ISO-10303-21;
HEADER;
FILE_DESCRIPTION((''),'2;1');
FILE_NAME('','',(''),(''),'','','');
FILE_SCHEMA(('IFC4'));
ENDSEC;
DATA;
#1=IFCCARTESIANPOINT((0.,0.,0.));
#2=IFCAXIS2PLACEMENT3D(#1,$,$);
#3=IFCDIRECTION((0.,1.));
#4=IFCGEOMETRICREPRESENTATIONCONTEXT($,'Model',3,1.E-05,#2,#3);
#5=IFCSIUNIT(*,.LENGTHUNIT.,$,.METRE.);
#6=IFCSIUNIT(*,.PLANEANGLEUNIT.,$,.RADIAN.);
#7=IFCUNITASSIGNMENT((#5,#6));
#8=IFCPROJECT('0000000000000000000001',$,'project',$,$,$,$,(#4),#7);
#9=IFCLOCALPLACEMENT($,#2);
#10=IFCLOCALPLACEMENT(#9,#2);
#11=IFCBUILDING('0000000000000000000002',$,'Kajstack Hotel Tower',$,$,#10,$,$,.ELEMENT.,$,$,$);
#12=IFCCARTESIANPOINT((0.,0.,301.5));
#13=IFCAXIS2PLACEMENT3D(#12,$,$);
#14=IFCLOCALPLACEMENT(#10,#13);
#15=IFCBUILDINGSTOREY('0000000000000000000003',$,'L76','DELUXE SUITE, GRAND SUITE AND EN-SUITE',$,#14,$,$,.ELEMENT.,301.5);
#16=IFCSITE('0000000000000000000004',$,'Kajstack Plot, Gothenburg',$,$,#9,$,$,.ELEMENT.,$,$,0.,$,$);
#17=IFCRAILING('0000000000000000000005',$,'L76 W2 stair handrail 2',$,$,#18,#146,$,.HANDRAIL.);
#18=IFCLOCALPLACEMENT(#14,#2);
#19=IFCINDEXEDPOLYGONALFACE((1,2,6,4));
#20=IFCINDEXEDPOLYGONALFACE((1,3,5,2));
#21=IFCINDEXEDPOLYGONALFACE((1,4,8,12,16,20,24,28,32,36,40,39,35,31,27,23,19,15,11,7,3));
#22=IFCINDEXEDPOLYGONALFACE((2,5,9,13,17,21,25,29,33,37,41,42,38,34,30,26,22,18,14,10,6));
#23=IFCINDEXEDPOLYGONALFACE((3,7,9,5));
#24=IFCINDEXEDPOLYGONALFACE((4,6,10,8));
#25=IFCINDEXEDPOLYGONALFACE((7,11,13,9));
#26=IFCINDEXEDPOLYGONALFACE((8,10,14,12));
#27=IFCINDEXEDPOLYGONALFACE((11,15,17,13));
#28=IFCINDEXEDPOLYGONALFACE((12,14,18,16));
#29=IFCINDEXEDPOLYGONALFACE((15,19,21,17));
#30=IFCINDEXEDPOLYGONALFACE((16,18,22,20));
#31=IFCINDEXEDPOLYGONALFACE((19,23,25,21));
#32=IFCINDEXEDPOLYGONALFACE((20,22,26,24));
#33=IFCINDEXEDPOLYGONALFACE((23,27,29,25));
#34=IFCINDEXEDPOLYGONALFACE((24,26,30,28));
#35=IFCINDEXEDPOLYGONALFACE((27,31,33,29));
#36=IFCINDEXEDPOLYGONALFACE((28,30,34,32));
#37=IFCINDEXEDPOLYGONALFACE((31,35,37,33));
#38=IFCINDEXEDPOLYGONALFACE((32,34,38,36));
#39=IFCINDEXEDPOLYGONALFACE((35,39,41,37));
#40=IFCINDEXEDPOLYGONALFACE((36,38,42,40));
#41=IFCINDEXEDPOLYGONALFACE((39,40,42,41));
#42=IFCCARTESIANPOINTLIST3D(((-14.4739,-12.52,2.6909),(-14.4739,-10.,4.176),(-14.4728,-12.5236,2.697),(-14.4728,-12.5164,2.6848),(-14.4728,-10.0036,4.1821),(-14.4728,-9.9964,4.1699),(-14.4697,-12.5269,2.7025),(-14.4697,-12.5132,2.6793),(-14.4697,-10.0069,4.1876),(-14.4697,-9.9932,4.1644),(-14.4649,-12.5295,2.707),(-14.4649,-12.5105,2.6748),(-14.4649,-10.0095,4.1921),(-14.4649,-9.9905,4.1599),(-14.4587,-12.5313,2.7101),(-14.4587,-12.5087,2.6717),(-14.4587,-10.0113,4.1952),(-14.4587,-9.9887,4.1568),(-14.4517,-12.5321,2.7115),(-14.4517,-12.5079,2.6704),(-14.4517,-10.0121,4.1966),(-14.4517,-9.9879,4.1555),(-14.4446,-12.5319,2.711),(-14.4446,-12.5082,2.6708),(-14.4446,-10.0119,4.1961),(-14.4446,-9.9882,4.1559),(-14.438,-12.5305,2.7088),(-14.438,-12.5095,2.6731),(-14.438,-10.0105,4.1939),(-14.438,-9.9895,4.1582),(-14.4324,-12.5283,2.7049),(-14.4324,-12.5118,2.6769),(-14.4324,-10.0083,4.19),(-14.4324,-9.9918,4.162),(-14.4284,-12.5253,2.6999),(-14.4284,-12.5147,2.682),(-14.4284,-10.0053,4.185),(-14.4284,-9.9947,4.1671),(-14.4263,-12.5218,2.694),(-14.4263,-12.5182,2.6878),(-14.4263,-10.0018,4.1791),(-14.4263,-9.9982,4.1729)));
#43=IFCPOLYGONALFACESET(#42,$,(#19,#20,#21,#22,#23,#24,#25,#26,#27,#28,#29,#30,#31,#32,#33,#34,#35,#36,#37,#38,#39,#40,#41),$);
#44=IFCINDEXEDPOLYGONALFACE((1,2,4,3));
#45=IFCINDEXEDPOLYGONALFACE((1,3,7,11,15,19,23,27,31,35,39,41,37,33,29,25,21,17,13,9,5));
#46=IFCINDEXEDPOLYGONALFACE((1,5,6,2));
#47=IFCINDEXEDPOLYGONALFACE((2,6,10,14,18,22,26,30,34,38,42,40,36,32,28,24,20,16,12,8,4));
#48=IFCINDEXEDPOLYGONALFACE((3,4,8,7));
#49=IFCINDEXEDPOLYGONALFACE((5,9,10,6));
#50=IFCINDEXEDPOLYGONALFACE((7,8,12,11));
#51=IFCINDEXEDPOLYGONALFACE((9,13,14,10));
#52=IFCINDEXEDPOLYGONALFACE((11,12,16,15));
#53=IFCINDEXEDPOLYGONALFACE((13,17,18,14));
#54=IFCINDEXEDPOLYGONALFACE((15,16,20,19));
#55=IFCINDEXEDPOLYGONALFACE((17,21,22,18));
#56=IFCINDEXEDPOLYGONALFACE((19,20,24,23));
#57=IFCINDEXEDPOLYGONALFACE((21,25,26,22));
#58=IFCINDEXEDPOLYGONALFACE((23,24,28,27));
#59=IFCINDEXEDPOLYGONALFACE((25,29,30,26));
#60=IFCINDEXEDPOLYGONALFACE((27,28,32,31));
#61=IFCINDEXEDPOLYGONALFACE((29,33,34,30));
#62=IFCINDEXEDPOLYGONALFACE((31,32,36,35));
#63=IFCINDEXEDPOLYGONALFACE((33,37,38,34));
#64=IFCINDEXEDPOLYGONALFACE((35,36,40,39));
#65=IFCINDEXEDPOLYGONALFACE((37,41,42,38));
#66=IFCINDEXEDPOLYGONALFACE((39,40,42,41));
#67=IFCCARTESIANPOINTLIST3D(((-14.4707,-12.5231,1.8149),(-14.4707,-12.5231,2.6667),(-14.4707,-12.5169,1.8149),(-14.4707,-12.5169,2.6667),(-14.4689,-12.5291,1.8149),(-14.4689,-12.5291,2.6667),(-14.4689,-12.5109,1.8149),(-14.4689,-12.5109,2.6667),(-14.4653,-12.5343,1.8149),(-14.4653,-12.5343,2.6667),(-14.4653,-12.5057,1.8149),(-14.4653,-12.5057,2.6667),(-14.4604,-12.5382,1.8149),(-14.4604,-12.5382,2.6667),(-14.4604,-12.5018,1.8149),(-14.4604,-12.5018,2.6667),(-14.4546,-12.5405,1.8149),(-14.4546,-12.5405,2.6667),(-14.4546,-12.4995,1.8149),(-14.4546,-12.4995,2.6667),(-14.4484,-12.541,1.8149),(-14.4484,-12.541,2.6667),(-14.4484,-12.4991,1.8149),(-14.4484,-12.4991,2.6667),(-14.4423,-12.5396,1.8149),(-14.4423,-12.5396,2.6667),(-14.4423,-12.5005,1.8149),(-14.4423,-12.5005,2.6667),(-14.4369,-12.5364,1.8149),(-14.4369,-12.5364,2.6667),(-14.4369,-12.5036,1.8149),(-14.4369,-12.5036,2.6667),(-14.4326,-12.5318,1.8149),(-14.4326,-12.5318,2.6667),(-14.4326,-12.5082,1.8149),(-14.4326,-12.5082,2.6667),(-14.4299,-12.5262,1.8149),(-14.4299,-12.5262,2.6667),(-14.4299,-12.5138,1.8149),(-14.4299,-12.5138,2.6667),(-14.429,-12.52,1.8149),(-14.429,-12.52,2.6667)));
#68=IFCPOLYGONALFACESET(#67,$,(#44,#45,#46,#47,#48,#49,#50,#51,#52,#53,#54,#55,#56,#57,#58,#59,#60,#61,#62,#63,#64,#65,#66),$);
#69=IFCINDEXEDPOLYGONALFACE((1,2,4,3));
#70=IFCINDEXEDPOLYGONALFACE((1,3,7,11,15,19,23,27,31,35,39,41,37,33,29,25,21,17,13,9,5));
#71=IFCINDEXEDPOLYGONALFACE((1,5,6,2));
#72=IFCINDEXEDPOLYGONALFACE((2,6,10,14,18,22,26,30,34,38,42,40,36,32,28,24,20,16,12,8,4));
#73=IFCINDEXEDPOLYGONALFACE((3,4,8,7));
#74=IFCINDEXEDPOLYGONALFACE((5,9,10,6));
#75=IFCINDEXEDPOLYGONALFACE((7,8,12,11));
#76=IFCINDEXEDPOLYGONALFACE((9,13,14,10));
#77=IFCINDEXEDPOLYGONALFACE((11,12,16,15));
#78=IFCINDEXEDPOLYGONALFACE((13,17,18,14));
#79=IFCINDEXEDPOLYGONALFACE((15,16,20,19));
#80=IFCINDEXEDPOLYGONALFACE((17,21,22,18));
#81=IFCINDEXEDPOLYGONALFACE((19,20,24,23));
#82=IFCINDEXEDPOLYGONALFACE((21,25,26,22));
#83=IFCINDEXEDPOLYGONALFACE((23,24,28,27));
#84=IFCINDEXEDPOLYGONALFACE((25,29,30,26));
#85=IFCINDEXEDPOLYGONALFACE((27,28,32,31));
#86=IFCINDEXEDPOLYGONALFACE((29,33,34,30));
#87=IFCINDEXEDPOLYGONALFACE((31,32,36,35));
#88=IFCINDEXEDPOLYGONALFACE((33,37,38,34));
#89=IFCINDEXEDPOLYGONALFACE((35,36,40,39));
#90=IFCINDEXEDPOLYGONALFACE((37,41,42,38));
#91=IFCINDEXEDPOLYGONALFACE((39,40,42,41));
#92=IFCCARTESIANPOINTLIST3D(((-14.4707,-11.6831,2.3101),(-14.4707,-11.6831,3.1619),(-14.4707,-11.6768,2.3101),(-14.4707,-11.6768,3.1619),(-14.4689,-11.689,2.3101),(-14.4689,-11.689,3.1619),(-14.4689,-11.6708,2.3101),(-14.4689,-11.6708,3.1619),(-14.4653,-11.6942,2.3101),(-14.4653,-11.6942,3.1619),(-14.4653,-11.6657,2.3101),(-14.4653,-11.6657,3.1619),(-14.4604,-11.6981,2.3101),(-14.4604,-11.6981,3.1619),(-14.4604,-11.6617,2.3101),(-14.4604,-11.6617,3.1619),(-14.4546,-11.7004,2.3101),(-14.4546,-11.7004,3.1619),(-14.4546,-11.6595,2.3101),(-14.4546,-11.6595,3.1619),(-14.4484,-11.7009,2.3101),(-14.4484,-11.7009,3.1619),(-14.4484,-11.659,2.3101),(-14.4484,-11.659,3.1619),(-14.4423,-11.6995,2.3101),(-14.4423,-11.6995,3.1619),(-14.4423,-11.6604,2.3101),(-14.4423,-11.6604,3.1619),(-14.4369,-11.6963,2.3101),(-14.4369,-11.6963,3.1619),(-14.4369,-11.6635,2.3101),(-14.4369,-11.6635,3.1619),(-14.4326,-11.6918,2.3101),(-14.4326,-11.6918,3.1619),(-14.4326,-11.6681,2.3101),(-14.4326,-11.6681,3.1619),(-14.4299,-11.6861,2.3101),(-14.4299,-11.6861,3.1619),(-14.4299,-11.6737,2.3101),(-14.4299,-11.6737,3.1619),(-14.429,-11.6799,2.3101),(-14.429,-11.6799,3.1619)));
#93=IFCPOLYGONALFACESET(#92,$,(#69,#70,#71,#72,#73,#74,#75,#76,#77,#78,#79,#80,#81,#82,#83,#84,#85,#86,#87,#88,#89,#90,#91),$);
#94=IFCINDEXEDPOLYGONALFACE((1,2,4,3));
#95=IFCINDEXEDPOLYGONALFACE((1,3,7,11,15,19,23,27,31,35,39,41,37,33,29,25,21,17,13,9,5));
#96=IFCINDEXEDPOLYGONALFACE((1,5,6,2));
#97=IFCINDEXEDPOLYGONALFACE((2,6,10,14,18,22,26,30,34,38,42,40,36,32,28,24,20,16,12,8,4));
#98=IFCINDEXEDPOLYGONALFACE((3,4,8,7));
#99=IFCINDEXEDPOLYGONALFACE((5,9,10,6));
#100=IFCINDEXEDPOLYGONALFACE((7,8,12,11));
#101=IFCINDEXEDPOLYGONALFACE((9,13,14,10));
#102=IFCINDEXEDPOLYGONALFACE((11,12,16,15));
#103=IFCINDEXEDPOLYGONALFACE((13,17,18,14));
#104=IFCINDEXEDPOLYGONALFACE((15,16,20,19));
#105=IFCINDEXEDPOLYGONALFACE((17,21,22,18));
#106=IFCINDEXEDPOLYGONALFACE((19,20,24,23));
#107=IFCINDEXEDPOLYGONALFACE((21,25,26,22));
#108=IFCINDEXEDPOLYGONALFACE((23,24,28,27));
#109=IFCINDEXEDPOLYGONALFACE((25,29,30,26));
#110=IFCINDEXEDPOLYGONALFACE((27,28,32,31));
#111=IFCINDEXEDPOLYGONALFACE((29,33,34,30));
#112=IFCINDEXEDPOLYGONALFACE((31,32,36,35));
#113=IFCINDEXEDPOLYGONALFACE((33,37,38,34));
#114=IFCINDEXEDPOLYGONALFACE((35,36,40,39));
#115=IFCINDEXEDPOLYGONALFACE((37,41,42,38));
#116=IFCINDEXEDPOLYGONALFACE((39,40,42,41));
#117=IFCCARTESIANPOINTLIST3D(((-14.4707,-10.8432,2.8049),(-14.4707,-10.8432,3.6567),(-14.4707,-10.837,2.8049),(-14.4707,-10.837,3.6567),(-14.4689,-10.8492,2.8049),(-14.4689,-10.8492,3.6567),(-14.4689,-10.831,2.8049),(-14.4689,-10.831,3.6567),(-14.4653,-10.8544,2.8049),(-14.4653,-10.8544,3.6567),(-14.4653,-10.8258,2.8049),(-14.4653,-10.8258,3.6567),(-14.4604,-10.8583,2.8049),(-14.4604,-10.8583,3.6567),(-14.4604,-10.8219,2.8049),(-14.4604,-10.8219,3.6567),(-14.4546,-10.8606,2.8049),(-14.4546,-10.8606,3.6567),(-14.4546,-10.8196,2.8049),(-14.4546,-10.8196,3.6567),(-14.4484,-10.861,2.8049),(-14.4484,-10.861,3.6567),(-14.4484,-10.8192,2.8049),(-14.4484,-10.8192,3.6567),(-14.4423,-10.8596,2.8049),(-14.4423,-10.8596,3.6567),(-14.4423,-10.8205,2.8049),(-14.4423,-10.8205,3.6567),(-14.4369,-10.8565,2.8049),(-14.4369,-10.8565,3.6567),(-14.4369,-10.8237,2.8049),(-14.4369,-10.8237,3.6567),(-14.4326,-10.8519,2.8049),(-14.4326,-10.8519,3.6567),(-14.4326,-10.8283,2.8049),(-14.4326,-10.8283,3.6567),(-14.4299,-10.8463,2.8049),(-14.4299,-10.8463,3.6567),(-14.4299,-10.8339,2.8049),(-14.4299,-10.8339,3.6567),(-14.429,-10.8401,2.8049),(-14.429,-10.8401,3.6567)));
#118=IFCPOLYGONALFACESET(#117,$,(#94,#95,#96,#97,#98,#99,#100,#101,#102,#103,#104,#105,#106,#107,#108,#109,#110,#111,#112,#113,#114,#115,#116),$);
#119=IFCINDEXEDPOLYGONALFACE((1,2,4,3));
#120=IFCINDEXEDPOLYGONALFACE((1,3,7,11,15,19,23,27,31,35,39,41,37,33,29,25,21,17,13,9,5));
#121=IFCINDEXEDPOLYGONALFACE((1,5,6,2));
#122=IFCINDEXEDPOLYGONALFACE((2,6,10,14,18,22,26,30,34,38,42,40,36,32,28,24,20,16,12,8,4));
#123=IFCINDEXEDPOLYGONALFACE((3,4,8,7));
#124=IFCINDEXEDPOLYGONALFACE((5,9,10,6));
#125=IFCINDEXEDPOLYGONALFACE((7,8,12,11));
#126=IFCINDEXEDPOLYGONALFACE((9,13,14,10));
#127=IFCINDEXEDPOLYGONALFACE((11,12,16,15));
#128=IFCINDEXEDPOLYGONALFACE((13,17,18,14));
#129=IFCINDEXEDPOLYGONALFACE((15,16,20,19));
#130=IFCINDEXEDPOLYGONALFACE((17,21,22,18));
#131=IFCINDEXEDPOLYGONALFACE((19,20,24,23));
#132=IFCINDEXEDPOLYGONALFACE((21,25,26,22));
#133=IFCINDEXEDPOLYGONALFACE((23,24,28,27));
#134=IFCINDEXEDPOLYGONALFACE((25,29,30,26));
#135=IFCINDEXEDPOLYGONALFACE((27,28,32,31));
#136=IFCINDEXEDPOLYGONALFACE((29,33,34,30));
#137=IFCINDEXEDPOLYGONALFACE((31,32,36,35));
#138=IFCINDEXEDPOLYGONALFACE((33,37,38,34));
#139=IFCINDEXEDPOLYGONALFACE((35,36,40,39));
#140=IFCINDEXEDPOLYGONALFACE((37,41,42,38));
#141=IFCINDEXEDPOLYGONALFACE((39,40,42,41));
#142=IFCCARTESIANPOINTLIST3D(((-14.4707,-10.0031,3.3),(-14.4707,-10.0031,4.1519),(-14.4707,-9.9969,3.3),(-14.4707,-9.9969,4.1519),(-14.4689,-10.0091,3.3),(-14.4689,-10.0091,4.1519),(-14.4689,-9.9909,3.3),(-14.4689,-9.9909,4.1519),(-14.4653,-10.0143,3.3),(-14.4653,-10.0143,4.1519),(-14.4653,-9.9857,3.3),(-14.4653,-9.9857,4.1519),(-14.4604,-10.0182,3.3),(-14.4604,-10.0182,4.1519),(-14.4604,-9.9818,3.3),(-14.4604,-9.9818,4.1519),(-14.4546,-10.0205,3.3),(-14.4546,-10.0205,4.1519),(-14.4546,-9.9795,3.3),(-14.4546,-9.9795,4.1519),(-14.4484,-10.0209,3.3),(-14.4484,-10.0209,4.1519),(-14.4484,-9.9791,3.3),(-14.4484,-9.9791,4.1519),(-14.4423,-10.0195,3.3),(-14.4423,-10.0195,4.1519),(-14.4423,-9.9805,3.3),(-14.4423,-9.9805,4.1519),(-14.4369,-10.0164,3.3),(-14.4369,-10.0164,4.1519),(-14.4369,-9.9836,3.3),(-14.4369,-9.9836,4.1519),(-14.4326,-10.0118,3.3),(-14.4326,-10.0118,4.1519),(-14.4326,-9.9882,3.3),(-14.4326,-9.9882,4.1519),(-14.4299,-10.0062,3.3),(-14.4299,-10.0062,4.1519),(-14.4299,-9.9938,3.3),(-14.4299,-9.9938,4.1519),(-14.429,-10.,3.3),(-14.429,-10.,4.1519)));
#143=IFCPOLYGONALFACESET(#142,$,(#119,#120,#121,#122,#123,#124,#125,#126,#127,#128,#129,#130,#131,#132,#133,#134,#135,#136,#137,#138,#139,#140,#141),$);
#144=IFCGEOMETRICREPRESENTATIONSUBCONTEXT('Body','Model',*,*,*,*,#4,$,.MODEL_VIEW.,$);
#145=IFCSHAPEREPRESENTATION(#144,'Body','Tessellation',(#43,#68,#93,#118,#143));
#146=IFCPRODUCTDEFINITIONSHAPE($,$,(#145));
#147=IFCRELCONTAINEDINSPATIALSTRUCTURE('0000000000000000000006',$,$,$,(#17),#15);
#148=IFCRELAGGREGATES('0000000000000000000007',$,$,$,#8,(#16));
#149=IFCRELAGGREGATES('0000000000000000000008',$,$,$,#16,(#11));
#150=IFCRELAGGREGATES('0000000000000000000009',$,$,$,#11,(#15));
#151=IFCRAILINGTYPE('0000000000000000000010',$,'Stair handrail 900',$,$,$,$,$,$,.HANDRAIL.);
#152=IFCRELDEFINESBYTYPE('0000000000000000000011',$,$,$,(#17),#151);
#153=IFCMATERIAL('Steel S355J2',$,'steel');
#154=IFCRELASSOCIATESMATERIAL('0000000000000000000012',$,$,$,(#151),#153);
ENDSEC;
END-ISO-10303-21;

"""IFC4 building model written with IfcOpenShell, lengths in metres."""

from ifc_helpers import new_model, si_unit, direction, frame, origin, origin_2d, place, context, subcontext, project, spatial, circle, extrude, material, type_object, element, save


model = new_model("IFC4")

# Units and contexts
model_context = context("Model", 3, precision=1e-05, world=origin(), true_north=direction((0.0, 1.0)))
body_context = subcontext(model_context, "Body", "Model", "MODEL_VIEW")
ifc_project = project(units=[si_unit("LENGTHUNIT", "METRE"), si_unit("PLANEANGLEUNIT", "RADIAN")], contexts=[model_context])

# Site, building, storey
site_placement = place(None, origin())
site = spatial("IfcSite", under=ifc_project, at=site_placement, Name="Kajstack Plot, Gothenburg", CompositionType="ELEMENT", RefElevation=0.0)
building_placement = place(site_placement, origin())
building = spatial("IfcBuilding", under=site, at=building_placement, Name="Kajstack Hotel Tower", CompositionType="ELEMENT")
storey_placement = place(building_placement, frame((0.0, 0.0, 301.5)))
storey = spatial("IfcBuildingStorey", under=building, at=storey_placement, Name="L76", Description="DELUXE SUITE, GRAND SUITE AND EN-SUITE", CompositionType="ELEMENT", Elevation=301.5)

# Railing
ifc_material_1 = material(Name="Steel S355J2", Category="steel")
railing_type_1 = type_object("IfcRailingType", Name="Stair handrail 900", PredefinedType="HANDRAIL", material=ifc_material_1)
railing_1_placement = place(storey_placement, frame((-14.45, -12.52, 1.8149)))
element("IfcRailing", 1, at=railing_1_placement, inside=storey, type_object=railing_type_1, Name="L76 W2 stair handrail 2", PredefinedType="HANDRAIL", context=body_context, shape_type="SweptSolid", body=[
    extrude(circle(Radius=0.0239, at=origin_2d()), frame((0.0, 0.0, 0.876), z_axis=(0.0, 0.861524, 0.507717), x_axis=(-1.0, 0.0, 0.0)), (0.0, 0.0, 1.0), 2.925),
    extrude(circle(Radius=0.021, at=origin_2d()), origin(), (0.0, 0.0, 1.0), 0.8518),
    extrude(circle(Radius=0.021, at=origin_2d()), frame((0.0, 0.8401, 0.4951)), (0.0, 0.0, 1.0), 0.8518),
    extrude(circle(Radius=0.021, at=origin_2d()), frame((0.0, 1.6799, 0.99)), (0.0, 0.0, 1.0), 0.8518),
    extrude(circle(Radius=0.021, at=origin_2d()), frame((0.0, 2.52, 1.4851)), (0.0, 0.0, 1.0), 0.8518),
])

save(model, "model.ifc")
